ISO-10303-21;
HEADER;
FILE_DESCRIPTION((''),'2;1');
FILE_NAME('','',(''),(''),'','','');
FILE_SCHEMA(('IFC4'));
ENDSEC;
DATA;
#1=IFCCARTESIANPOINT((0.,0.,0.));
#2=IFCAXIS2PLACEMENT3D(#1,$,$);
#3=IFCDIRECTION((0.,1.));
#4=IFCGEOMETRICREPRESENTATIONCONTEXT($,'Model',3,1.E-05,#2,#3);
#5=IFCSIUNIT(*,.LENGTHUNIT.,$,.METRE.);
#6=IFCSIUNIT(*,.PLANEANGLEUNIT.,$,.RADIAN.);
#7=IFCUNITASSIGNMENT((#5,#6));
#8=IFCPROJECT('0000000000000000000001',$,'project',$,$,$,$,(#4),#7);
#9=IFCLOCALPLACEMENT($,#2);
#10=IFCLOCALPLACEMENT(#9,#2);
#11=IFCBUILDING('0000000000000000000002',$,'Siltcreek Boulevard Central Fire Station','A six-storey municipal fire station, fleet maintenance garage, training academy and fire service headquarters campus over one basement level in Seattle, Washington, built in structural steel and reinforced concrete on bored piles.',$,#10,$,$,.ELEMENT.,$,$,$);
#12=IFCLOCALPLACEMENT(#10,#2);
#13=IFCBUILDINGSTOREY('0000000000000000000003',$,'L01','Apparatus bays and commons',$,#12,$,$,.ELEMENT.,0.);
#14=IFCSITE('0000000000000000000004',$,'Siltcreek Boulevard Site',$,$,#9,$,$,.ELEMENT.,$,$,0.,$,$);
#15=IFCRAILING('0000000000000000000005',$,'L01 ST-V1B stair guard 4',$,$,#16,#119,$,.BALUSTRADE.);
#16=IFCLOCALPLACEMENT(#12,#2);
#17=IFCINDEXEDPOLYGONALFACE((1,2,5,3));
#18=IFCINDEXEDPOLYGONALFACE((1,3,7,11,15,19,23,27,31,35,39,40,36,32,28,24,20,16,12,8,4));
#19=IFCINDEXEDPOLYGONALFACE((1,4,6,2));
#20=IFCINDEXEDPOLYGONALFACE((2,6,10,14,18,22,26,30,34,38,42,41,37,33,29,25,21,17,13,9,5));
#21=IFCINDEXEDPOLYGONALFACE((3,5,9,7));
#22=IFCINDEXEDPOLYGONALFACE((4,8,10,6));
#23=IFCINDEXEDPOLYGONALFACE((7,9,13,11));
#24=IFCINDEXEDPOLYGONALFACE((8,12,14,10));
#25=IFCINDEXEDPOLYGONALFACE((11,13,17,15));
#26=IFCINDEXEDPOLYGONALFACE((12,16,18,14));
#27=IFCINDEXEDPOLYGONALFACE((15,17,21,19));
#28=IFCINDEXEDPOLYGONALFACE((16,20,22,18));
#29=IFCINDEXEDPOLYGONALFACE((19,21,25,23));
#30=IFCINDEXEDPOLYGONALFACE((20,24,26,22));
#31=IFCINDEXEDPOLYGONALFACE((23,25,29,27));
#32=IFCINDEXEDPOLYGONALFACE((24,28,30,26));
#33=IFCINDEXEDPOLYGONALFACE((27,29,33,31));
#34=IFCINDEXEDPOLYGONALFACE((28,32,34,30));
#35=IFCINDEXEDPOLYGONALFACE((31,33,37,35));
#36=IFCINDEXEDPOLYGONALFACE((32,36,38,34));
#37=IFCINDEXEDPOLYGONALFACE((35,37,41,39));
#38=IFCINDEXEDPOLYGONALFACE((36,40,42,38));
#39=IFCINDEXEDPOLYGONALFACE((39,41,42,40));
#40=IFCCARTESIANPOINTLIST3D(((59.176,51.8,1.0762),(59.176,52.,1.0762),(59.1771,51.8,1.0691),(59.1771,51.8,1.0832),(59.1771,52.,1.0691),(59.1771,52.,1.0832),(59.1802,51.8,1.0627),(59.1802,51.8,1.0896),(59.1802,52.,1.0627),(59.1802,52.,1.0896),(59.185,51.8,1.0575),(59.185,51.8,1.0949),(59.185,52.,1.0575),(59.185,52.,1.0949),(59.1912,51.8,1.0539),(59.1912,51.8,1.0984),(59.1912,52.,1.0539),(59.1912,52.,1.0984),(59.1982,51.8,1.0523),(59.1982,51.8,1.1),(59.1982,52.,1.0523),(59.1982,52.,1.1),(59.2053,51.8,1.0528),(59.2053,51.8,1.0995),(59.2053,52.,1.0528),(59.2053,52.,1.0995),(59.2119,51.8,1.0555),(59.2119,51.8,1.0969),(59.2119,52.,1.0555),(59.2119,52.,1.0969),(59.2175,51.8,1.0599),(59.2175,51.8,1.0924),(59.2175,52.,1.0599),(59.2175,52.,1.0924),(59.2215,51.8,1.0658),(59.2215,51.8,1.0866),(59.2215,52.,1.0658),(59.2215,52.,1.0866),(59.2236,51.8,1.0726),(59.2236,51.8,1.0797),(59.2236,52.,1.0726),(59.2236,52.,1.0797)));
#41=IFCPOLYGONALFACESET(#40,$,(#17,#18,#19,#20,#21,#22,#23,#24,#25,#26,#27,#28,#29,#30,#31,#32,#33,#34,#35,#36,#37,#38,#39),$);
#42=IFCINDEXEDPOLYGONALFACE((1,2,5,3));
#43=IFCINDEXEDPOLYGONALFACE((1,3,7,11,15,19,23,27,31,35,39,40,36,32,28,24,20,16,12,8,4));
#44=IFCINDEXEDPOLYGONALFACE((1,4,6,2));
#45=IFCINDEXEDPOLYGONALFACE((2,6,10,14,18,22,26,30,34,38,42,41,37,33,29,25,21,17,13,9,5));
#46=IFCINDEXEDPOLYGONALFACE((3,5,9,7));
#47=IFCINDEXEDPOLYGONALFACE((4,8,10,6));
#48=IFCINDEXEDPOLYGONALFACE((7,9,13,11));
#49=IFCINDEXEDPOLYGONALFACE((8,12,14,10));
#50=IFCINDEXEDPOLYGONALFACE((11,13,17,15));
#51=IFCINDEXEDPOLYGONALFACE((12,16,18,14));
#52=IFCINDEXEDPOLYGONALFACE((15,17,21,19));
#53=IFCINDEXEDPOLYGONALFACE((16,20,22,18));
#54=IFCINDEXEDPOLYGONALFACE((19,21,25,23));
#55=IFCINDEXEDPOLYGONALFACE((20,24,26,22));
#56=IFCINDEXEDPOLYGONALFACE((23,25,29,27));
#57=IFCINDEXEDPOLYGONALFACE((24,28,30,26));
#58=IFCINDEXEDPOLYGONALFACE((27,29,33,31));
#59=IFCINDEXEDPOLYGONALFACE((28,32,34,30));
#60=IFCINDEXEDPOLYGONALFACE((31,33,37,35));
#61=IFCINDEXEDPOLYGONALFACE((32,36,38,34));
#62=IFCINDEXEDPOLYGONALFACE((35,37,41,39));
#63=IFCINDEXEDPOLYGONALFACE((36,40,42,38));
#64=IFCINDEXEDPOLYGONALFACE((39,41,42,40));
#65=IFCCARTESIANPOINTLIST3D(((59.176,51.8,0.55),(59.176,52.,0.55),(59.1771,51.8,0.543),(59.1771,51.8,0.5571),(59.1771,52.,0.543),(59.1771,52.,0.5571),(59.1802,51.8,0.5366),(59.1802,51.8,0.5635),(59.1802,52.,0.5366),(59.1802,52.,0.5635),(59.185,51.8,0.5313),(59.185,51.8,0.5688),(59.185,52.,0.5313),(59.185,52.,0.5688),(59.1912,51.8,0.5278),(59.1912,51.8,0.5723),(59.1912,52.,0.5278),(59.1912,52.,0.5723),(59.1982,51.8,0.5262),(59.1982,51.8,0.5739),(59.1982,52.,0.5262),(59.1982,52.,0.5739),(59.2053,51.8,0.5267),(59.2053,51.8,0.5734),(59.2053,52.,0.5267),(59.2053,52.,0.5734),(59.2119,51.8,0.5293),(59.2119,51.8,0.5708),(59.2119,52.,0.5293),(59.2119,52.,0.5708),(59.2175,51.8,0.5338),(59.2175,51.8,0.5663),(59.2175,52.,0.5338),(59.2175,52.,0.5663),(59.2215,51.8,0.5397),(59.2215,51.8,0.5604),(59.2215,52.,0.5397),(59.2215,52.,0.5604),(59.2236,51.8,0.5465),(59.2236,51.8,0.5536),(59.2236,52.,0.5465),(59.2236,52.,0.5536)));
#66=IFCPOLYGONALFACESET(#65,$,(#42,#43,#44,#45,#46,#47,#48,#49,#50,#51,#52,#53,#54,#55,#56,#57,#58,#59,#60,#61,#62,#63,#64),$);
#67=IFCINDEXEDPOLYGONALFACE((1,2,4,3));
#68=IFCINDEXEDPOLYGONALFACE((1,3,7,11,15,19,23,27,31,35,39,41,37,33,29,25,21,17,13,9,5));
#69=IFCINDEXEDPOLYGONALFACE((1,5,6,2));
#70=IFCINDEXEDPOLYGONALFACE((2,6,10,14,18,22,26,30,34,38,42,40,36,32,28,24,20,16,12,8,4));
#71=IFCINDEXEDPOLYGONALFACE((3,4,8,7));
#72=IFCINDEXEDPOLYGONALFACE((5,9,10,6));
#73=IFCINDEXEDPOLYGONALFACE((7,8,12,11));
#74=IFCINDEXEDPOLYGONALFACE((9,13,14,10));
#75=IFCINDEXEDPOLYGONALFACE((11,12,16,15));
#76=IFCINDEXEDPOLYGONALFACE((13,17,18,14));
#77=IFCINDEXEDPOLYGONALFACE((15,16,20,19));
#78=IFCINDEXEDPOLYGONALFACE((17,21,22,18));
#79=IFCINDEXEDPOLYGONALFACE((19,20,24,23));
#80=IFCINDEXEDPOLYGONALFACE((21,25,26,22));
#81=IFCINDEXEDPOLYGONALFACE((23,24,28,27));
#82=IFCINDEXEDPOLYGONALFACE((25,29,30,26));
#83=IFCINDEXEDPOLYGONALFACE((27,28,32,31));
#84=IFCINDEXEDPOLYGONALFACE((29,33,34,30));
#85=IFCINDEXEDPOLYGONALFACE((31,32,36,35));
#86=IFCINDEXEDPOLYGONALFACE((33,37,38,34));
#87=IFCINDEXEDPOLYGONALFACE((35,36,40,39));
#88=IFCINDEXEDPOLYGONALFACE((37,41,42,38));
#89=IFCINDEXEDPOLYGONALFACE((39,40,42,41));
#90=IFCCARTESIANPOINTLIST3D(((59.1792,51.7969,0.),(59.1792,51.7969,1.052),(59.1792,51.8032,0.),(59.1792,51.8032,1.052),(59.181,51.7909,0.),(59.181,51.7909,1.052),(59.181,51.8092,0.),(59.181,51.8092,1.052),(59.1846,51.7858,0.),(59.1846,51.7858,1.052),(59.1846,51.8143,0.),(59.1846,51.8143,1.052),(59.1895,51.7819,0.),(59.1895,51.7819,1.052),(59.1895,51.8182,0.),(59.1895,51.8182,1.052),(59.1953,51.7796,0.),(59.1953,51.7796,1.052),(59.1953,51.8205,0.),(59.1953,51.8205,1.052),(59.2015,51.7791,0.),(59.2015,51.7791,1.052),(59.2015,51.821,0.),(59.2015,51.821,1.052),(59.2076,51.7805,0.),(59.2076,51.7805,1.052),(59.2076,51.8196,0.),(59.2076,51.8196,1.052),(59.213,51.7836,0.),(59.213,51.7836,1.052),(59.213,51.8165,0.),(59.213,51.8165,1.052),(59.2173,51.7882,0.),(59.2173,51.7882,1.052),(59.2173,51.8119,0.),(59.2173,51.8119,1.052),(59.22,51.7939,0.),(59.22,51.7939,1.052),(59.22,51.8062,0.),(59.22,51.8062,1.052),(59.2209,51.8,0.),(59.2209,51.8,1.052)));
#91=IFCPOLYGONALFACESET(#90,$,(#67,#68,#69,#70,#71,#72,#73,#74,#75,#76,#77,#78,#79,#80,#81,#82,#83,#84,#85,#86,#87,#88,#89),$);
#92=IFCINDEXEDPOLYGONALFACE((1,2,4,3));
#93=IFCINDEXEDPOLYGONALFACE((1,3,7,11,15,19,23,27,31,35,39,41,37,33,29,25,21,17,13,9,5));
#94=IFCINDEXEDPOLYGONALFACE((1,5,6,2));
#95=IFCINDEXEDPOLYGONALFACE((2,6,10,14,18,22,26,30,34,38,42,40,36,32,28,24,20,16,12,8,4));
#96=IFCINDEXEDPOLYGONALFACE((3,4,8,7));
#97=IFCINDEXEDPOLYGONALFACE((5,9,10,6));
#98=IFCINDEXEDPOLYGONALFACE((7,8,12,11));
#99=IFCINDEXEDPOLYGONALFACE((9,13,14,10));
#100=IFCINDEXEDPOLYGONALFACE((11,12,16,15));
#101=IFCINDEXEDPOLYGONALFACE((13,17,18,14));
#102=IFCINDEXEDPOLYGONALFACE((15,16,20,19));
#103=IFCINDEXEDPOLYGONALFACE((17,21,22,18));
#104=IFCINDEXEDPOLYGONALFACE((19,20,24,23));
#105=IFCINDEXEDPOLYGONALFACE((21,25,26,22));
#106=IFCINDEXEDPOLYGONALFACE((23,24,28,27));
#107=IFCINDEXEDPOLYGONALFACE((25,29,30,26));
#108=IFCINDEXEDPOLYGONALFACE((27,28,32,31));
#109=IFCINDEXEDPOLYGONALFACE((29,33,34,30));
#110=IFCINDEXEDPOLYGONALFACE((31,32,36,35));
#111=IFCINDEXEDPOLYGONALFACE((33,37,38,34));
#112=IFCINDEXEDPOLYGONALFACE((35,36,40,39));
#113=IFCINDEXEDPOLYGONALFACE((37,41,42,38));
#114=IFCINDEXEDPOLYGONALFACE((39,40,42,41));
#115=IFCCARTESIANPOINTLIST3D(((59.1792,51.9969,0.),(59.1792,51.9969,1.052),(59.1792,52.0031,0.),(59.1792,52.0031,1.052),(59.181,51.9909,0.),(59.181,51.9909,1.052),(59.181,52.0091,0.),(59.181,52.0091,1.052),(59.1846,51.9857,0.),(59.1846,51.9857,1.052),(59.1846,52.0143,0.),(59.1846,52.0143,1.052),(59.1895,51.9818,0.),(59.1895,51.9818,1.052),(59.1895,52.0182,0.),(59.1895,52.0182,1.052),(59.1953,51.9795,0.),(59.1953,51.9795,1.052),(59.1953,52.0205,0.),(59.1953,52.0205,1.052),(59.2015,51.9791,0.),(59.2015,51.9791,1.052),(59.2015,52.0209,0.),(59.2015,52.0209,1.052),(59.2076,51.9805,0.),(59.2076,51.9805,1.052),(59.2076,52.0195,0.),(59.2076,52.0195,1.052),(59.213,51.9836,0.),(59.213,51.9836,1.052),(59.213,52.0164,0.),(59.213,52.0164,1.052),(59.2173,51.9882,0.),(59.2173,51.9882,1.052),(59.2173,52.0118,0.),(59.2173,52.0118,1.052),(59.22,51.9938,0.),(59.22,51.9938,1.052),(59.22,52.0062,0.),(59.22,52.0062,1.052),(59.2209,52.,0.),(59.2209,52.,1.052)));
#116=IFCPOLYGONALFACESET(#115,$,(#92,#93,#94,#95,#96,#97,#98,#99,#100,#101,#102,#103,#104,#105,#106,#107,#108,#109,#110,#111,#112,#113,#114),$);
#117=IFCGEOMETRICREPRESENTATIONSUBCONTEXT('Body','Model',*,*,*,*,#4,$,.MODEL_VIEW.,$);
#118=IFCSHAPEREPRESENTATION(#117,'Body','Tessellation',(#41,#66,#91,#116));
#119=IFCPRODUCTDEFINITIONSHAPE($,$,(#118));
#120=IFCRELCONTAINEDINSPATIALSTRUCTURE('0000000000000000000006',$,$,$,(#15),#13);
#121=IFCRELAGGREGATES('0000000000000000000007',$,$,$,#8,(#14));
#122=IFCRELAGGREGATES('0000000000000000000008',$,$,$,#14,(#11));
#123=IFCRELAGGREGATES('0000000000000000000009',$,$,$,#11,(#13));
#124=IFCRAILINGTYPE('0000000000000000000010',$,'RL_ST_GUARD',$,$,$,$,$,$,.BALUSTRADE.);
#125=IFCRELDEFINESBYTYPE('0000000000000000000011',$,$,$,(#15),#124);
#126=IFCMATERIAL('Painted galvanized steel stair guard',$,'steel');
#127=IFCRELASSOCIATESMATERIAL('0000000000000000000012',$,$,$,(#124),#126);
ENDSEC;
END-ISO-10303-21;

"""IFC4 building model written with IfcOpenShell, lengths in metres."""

from ifc_helpers import new_model, si_unit, direction, frame, origin, origin_2d, place, context, subcontext, project, spatial, circle, extrude, material, type_object, element, save


model = new_model("IFC4")

# Units and contexts
model_context = context("Model", 3, precision=1e-05, world=origin(), true_north=direction((0.0, 1.0)))
body_context = subcontext(model_context, "Body", "Model", "MODEL_VIEW")
ifc_project = project(units=[si_unit("LENGTHUNIT", "METRE"), si_unit("PLANEANGLEUNIT", "RADIAN")], contexts=[model_context])

# Site, building, storey
site_placement = place(None, origin())
site = spatial("IfcSite", under=ifc_project, at=site_placement, Name="Siltcreek Boulevard Site", CompositionType="ELEMENT", RefElevation=0.0)
building_placement = place(site_placement, origin())
building = spatial("IfcBuilding", under=site, at=building_placement, Name="Siltcreek Boulevard Central Fire Station", Description="A six-storey municipal fire station, fleet maintenance garage, training academy and fire service headquarters campus over one basement level in Seattle, Washington, built in structural steel and reinforced concrete on bored piles.", CompositionType="ELEMENT")
storey_placement = place(building_placement, origin())
storey = spatial("IfcBuildingStorey", under=building, at=storey_placement, Name="L01", Description="Apparatus bays and commons", CompositionType="ELEMENT", Elevation=0.0)

# Railing
ifc_material_1 = material(Name="Painted galvanized steel stair guard", Category="steel")
railing_type = type_object("IfcRailingType", Name="RL_ST_GUARD", PredefinedType="BALUSTRADE", material=ifc_material_1)
railing_1_placement = place(storey_placement, frame((59.2, 51.8, 0.0)))
element("IfcRailing", 1, at=railing_1_placement, inside=storey, type_object=railing_type, Name="L01 ST-V1B stair guard 4", PredefinedType="BALUSTRADE", context=body_context, shape_type="SweptSolid", body=[
    extrude(circle(Radius=0.0239, at=origin_2d()), frame((0.0, 0.0, 1.0762), z_axis=(0.0, 1.0, 0.0), x_axis=(-1.0, 0.0, 0.0)), (0.0, 0.0, 1.0), 0.2),
    extrude(circle(Radius=0.0239, at=origin_2d()), frame((0.0, 0.0, 0.55), z_axis=(0.0, 1.0, 0.0), x_axis=(-1.0, 0.0, 0.0)), (0.0, 0.0, 1.0), 0.2),
    extrude(circle(Radius=0.021, at=origin_2d()), origin(), (0.0, 0.0, 1.0), 1.052),
    extrude(circle(Radius=0.021, at=origin_2d()), frame((0.0, 0.2, 0.0)), (0.0, 0.0, 1.0), 1.052),
])

save(model, "model.ifc")
